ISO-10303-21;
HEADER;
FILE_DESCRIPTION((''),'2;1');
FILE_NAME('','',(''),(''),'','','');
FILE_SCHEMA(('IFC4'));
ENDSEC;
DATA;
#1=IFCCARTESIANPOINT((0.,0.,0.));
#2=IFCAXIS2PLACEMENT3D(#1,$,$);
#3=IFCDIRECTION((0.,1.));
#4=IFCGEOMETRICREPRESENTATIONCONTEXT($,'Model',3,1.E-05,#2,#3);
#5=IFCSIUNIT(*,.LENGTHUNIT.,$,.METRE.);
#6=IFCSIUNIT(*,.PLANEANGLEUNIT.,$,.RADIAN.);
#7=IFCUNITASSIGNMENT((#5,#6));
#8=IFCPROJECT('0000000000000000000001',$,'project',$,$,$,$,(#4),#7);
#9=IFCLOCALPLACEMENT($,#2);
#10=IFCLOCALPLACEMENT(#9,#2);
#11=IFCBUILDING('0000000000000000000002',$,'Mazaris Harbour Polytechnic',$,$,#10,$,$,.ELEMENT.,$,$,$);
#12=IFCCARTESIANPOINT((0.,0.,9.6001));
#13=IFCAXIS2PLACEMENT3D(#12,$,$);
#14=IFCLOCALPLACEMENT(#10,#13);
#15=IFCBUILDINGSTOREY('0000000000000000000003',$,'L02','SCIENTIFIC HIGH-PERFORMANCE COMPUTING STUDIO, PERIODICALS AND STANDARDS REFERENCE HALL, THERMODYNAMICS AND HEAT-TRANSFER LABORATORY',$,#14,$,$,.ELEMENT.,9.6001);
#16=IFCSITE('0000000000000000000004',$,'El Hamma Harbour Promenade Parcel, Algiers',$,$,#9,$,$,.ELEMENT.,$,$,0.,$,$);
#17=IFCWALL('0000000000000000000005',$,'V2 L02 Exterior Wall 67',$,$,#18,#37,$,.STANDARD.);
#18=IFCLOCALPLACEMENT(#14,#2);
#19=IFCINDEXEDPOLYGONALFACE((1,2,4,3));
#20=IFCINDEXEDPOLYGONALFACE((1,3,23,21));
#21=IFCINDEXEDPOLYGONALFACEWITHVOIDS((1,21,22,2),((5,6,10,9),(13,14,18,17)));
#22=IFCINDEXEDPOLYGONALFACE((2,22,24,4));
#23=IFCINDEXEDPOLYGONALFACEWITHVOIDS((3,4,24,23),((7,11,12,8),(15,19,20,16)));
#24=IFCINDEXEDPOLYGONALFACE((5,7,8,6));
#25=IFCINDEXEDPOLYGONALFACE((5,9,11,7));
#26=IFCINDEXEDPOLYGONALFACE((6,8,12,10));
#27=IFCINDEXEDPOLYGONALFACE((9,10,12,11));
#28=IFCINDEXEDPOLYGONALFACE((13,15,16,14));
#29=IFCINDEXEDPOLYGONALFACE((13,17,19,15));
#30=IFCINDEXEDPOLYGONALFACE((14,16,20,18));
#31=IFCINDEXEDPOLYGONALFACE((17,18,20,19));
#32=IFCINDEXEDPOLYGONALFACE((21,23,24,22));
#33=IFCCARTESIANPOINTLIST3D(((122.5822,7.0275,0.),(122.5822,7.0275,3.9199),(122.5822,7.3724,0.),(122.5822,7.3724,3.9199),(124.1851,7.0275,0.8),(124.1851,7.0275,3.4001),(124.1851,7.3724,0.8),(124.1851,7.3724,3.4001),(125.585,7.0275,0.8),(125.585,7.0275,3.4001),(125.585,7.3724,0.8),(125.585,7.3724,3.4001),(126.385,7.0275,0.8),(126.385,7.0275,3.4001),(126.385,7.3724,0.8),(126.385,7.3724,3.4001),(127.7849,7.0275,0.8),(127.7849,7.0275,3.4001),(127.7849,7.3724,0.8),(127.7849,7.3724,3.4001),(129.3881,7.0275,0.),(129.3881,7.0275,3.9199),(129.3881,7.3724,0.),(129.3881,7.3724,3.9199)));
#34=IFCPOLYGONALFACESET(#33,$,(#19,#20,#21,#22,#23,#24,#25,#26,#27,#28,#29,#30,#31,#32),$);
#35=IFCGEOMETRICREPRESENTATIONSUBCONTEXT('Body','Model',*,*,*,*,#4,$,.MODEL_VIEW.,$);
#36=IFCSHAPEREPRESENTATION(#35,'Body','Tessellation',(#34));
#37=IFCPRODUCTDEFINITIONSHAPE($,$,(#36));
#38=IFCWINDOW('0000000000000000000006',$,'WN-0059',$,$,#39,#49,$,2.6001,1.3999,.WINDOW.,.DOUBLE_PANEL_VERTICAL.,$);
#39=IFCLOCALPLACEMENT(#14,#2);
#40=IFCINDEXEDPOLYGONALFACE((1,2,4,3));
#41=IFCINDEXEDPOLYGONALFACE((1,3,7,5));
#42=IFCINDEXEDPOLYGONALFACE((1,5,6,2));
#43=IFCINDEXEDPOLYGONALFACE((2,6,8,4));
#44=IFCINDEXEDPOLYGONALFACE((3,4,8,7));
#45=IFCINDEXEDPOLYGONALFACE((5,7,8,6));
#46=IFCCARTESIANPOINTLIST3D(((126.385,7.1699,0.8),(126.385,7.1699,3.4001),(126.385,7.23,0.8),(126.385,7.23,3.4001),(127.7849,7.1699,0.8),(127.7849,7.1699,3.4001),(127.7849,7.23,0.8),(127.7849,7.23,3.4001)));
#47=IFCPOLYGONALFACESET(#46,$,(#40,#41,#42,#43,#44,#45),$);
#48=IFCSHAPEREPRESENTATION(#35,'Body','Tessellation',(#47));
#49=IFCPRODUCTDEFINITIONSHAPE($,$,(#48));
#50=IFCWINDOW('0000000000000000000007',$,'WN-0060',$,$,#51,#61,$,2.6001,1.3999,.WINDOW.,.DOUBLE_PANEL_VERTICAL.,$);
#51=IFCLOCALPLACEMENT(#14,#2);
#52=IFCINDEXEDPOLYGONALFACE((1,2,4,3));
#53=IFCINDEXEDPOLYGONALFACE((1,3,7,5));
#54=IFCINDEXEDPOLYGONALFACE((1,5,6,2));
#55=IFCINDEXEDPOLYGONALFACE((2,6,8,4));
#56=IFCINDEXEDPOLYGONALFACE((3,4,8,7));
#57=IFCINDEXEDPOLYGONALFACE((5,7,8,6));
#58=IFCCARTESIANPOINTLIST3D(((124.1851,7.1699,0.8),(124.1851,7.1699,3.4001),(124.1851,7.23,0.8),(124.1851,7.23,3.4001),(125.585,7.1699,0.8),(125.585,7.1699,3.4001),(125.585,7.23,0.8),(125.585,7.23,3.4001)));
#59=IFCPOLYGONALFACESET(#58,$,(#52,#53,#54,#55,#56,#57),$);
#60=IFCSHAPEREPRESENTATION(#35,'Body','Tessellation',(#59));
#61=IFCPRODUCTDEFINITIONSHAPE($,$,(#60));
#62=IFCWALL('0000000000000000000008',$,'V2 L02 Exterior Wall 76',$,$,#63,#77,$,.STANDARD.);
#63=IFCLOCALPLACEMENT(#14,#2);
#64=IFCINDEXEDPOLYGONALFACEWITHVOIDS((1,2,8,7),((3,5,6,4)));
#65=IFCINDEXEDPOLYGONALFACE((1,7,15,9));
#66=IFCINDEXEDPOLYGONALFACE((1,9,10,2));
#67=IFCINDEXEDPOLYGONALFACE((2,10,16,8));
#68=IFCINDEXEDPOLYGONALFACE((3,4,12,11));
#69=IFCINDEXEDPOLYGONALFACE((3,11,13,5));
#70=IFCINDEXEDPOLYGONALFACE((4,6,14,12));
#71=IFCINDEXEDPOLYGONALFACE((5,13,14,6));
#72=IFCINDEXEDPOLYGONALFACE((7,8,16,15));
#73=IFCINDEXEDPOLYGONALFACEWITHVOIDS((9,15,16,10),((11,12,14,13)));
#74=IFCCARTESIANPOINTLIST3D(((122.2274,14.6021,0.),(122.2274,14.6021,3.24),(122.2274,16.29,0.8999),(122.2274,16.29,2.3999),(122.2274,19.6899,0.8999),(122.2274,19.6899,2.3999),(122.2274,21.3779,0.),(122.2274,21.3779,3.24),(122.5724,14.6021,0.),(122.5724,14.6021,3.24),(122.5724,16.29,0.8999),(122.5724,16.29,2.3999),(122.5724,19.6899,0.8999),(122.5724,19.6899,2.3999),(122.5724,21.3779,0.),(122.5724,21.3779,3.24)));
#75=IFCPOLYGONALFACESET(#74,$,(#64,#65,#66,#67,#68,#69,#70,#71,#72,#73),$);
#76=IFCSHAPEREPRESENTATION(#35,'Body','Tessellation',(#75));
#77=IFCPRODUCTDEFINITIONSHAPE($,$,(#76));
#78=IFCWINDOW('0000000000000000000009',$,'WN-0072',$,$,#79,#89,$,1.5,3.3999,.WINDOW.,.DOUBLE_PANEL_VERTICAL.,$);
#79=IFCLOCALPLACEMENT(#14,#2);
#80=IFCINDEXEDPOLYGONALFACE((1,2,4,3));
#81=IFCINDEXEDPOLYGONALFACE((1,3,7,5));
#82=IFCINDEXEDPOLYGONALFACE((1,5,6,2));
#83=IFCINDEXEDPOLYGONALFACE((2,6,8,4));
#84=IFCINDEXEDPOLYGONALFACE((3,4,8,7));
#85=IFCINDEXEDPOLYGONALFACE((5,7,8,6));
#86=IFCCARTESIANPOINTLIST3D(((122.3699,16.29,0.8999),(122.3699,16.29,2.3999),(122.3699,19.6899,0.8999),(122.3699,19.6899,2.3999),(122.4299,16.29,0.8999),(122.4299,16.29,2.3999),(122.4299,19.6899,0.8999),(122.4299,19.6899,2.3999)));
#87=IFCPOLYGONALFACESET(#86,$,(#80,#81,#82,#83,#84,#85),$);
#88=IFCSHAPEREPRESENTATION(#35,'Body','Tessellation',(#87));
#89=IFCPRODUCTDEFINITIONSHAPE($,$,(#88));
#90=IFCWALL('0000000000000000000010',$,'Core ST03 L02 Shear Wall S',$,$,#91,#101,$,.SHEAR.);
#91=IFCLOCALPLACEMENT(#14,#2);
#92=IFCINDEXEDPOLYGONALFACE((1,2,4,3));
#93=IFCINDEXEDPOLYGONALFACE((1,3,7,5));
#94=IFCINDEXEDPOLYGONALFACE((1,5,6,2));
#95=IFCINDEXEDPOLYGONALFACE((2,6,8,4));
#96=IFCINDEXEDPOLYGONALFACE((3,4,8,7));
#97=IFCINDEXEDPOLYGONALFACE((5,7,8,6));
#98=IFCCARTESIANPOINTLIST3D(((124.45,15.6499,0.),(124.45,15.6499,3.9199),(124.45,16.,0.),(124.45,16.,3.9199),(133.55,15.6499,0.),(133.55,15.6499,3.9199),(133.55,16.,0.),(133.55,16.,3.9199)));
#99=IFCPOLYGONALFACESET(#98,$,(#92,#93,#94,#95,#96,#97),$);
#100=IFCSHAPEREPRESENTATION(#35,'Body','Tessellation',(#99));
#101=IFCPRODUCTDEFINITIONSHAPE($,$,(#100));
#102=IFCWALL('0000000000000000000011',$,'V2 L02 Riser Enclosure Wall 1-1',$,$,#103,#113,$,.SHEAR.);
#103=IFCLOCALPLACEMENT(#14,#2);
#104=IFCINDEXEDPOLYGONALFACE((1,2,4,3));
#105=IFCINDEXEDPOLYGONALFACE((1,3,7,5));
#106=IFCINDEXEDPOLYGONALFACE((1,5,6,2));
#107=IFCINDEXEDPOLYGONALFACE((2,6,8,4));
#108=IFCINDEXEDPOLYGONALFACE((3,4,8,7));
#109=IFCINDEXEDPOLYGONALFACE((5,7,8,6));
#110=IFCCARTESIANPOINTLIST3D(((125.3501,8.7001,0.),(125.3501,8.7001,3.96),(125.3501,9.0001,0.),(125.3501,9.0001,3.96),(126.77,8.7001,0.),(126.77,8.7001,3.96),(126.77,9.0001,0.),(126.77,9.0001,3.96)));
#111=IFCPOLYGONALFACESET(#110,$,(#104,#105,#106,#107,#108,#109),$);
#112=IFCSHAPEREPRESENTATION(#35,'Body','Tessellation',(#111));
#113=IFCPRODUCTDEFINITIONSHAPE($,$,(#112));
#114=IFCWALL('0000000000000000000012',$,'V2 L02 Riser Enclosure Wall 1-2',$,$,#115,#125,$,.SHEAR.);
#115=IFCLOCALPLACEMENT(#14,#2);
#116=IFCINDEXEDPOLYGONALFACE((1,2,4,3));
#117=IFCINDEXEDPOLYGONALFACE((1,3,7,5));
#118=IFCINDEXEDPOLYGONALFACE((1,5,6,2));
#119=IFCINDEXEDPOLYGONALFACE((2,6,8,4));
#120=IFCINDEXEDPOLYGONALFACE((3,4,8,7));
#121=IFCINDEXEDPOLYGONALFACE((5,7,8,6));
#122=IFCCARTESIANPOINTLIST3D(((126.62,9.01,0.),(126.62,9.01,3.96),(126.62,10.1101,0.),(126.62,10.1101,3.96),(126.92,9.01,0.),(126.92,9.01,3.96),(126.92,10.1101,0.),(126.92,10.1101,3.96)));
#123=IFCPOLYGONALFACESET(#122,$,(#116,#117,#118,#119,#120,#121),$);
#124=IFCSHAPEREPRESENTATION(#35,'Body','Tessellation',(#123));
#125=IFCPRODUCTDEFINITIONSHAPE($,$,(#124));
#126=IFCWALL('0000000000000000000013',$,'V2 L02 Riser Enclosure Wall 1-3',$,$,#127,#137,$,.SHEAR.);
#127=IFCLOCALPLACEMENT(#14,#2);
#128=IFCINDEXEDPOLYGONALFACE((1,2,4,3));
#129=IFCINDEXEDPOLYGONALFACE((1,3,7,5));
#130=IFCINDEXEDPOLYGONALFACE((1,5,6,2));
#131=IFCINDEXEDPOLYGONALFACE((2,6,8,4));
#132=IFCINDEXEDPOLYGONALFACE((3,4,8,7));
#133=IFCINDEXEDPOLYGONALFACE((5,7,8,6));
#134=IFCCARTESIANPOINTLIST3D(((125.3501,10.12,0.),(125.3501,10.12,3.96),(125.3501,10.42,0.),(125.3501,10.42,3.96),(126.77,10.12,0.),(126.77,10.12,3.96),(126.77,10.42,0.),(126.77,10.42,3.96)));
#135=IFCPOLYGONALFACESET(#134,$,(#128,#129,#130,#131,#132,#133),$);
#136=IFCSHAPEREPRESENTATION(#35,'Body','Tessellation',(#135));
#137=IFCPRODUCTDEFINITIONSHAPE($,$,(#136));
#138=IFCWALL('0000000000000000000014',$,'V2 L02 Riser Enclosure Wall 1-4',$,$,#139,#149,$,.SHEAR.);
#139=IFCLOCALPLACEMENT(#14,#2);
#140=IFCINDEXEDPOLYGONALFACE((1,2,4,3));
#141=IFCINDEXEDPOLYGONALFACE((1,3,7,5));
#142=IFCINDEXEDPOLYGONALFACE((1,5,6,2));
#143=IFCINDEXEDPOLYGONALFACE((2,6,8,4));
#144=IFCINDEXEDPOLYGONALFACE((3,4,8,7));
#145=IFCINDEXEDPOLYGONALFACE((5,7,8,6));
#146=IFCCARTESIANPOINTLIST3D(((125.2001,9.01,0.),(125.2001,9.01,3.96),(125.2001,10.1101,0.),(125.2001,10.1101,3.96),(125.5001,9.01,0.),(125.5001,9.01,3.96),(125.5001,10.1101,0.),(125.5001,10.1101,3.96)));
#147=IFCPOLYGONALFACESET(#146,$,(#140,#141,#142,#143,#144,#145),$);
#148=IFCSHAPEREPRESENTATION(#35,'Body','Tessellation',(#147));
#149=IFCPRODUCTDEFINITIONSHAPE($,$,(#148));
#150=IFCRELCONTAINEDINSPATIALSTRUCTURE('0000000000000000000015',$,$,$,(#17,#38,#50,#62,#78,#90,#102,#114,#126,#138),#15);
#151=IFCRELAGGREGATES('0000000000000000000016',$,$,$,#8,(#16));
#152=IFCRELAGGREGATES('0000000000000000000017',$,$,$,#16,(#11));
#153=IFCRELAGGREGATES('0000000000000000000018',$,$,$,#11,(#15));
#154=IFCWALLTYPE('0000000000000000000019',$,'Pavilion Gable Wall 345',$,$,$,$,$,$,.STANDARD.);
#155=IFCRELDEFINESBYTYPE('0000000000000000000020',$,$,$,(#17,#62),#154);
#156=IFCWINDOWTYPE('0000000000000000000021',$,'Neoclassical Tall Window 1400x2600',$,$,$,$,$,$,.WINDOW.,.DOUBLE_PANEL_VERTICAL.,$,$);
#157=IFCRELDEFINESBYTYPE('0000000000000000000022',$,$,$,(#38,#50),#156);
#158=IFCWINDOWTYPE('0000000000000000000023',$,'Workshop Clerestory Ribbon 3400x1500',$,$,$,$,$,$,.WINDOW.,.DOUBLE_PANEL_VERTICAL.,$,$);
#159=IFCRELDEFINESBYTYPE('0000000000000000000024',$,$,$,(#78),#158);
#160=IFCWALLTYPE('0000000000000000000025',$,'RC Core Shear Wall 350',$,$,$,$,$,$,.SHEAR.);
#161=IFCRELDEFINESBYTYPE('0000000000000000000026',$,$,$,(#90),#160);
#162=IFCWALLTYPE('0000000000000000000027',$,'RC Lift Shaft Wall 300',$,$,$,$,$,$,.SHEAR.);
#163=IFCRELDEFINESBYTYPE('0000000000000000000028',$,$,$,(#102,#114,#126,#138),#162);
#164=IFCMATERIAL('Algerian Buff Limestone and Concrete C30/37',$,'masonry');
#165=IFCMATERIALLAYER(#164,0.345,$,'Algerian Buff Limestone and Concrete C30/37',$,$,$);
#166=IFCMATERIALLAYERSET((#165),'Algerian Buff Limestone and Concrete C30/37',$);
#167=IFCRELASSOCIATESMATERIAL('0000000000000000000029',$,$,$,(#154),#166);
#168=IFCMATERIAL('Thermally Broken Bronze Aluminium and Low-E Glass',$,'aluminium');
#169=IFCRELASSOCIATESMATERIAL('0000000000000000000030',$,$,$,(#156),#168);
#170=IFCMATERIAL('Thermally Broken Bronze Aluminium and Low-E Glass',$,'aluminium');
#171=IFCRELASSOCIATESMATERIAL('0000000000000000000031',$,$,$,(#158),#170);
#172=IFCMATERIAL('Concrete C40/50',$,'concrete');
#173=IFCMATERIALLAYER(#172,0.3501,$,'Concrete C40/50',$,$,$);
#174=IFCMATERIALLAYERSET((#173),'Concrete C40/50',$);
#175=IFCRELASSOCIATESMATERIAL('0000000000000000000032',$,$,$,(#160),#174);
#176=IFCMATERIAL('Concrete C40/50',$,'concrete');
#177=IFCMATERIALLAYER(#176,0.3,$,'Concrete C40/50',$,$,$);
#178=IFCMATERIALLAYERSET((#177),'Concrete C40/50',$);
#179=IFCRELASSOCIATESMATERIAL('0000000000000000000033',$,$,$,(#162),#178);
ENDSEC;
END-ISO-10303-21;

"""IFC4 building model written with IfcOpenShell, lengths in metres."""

from ifc_helpers import new_model, si_unit, direction, frame, frame_2d, origin, place, context, subcontext, project, spatial, rectangle, extrude, material, layer, layer_set, type_object, element, fill, save


model = new_model("IFC4")

# Units and contexts
model_context = context("Model", 3, precision=1e-05, world=origin(), true_north=direction((0.0, 1.0)))
body_context = subcontext(model_context, "Body", "Model", "MODEL_VIEW")
ifc_project = project(units=[si_unit("LENGTHUNIT", "METRE"), si_unit("PLANEANGLEUNIT", "RADIAN")], contexts=[model_context])

# Site, building, storey
site_placement = place(None, origin())
site = spatial("IfcSite", under=ifc_project, at=site_placement, Name="El Hamma Harbour Promenade Parcel, Algiers", CompositionType="ELEMENT", RefElevation=0.0)
building_placement = place(site_placement, origin())
building = spatial("IfcBuilding", under=site, at=building_placement, Name="Mazaris Harbour Polytechnic", CompositionType="ELEMENT")
storey_placement = place(building_placement, frame((0.0, 0.0, 9.6001)))
storey = spatial("IfcBuildingStorey", under=building, at=storey_placement, Name="L02", Description="SCIENTIFIC HIGH-PERFORMANCE COMPUTING STUDIO, PERIODICALS AND STANDARDS REFERENCE HALL, THERMODYNAMICS AND HEAT-TRANSFER LABORATORY", CompositionType="ELEMENT", Elevation=9.6001)

# Wall, openings, windows
ifc_material_1 = material(Name="Algerian Buff Limestone and Concrete C30/37", Category="masonry")
ifc_layer_1 = layer(ifc_material_1, 0.345, Name="Algerian Buff Limestone and Concrete C30/37")
ifc_layer_set_1 = layer_set([ifc_layer_1], Name="Algerian Buff Limestone and Concrete C30/37")
wall_type_1 = type_object("IfcWallType", Name="Pavilion Gable Wall 345", PredefinedType="STANDARD", material=ifc_layer_set_1)
wall_1_placement = place(storey_placement, frame((129.3879, 7.2, 0.0), z_axis=(0.0, 0.0, 1.0), x_axis=(-1.0, 0.0, 0.0)))
wall_1 = element("IfcWall", 1, at=wall_1_placement, inside=storey, type_object=wall_type_1, Name="V2 L02 Exterior Wall 67", PredefinedType="STANDARD", context=body_context, shape_type="SweptSolid", body=[
    extrude(rectangle(XDim=6.8059, YDim=0.345, at=frame_2d((3.4028, 0.0))), origin(), (0.0, 0.0, 1.0), 3.9199),
])
opening_1_placement = place(wall_1_placement, frame((1.603, 0.0, 0.8)))
opening_1 = element("IfcOpeningElement", 2, at=opening_1_placement, cuts=wall_1, PredefinedType="OPENING", context=body_context, shape_type="SweptSolid", body=[
    extrude(rectangle(XDim=1.3999, YDim=2.6001, at=frame_2d((0.7, 1.3))), frame((0.0, 0.1824, 0.0), z_axis=(0.0, -1.0, 0.0), x_axis=(1.0, 0.0, 0.0)), (0.0, 0.0, 1.0), 0.365),
])
opening_2_placement = place(wall_1_placement, frame((3.803, 0.0, 0.8)))
opening_2 = element("IfcOpeningElement", 3, at=opening_2_placement, cuts=wall_1, PredefinedType="OPENING", context=body_context, shape_type="SweptSolid", body=[
    extrude(rectangle(XDim=1.3999, YDim=2.6001, at=frame_2d((0.7, 1.3))), frame((0.0, 0.1824, 0.0), z_axis=(0.0, -1.0, 0.0), x_axis=(1.0, 0.0, 0.0)), (0.0, 0.0, 1.0), 0.365),
])
ifc_material_2 = material(Name="Thermally Broken Bronze Aluminium and Low-E Glass", Category="aluminium")
window_type_1 = type_object("IfcWindowType", Name="Neoclassical Tall Window 1400x2600", PartitioningType="DOUBLE_PANEL_VERTICAL", PredefinedType="WINDOW", material=ifc_material_2)
window_1_placement = place(opening_1_placement, origin())
window_1 = element("IfcWindow", 4, at=window_1_placement, inside=storey, type_object=window_type_1, Name="WN-0059", OverallHeight=2.6001, OverallWidth=1.3999, PartitioningType="DOUBLE_PANEL_VERTICAL", PredefinedType="WINDOW", context=body_context, shape_type="SweptSolid", body=[
    extrude(rectangle(XDim=1.3999, YDim=2.6001, at=frame_2d((0.7, 1.3))), frame((0.0, 0.03, 0.0), z_axis=(0.0, -1.0, 0.0), x_axis=(1.0, 0.0, 0.0)), (0.0, 0.0, 1.0), 0.0601),
])
fill(opening_1, window_1)
window_2_placement = place(opening_2_placement, origin())
window_2 = element("IfcWindow", 5, at=window_2_placement, inside=storey, type_object=window_type_1, Name="WN-0060", OverallHeight=2.6001, OverallWidth=1.3999, PartitioningType="DOUBLE_PANEL_VERTICAL", PredefinedType="WINDOW", context=body_context, shape_type="SweptSolid", body=[
    extrude(rectangle(XDim=1.3999, YDim=2.6001, at=frame_2d((0.7, 1.3))), frame((0.0, 0.03, 0.0), z_axis=(0.0, -1.0, 0.0), x_axis=(1.0, 0.0, 0.0)), (0.0, 0.0, 1.0), 0.0601),
])
fill(opening_2, window_2)

# Wall, opening, window
wall_2_placement = place(storey_placement, frame((122.3999, 14.6021, 0.0), z_axis=(0.0, 0.0, 1.0), x_axis=(0.0, 1.0, 0.0)))
wall_2 = element("IfcWall", 6, at=wall_2_placement, inside=storey, type_object=wall_type_1, Name="V2 L02 Exterior Wall 76", PredefinedType="STANDARD", context=body_context, shape_type="SweptSolid", body=[
    extrude(rectangle(XDim=6.7759, YDim=0.345, at=frame_2d((3.3879, 0.0))), origin(), (0.0, 0.0, 1.0), 3.24),
])
opening_3_placement = place(wall_2_placement, frame((1.688, 0.0, 0.8999)))
opening_3 = element("IfcOpeningElement", 7, at=opening_3_placement, cuts=wall_2, PredefinedType="OPENING", context=body_context, shape_type="SweptSolid", body=[
    extrude(rectangle(XDim=3.3999, YDim=1.5, at=frame_2d((1.7, 0.75))), frame((0.0, 0.1824, 0.0), z_axis=(0.0, -1.0, 0.0), x_axis=(1.0, 0.0, 0.0)), (0.0, 0.0, 1.0), 0.365),
])
ifc_material_3 = material(Name="Thermally Broken Bronze Aluminium and Low-E Glass", Category="aluminium")
window_type_2 = type_object("IfcWindowType", Name="Workshop Clerestory Ribbon 3400x1500", PartitioningType="DOUBLE_PANEL_VERTICAL", PredefinedType="WINDOW", material=ifc_material_3)
window_3_placement = place(opening_3_placement, origin())
window_3 = element("IfcWindow", 8, at=window_3_placement, inside=storey, type_object=window_type_2, Name="WN-0072", OverallHeight=1.5, OverallWidth=3.3999, PartitioningType="DOUBLE_PANEL_VERTICAL", PredefinedType="WINDOW", context=body_context, shape_type="SweptSolid", body=[
    extrude(rectangle(XDim=3.3999, YDim=1.5, at=frame_2d((1.7, 0.75))), frame((0.0, 0.03, 0.0), z_axis=(0.0, -1.0, 0.0), x_axis=(1.0, 0.0, 0.0)), (0.0, 0.0, 1.0), 0.0601),
])
fill(opening_3, window_3)

# Walls
ifc_material_4 = material(Name="Concrete C40/50", Category="concrete")
ifc_layer_2 = layer(ifc_material_4, 0.3501, Name="Concrete C40/50")
ifc_layer_set_2 = layer_set([ifc_layer_2], Name="Concrete C40/50")
wall_type_2 = type_object("IfcWallType", Name="RC Core Shear Wall 350", PredefinedType="SHEAR", material=ifc_layer_set_2)
wall_3_placement = place(storey_placement, frame((124.45, 15.825, 0.0), z_axis=(0.0, 0.0, 1.0), x_axis=(1.0, 0.0, 0.0)))
element("IfcWall", 9, at=wall_3_placement, inside=storey, type_object=wall_type_2, Name="Core ST03 L02 Shear Wall S", PredefinedType="SHEAR", context=body_context, shape_type="SweptSolid", body=[
    extrude(rectangle(XDim=9.1001, YDim=0.3501, at=frame_2d((4.55, 0.0))), origin(), (0.0, 0.0, 1.0), 3.9199),
])
ifc_material_5 = material(Name="Concrete C40/50", Category="concrete")
ifc_layer_3 = layer(ifc_material_5, 0.3, Name="Concrete C40/50")
ifc_layer_set_3 = layer_set([ifc_layer_3], Name="Concrete C40/50")
wall_type_3 = type_object("IfcWallType", Name="RC Lift Shaft Wall 300", PredefinedType="SHEAR", material=ifc_layer_set_3)
wall_4_placement = place(storey_placement, frame((125.3501, 8.8501, 0.0), z_axis=(0.0, 0.0, 1.0), x_axis=(1.0, 0.0, 0.0)))
element("IfcWall", 10, at=wall_4_placement, inside=storey, type_object=wall_type_3, Name="V2 L02 Riser Enclosure Wall 1-1", PredefinedType="SHEAR", context=body_context, shape_type="SweptSolid", body=[
    extrude(rectangle(XDim=1.4199, YDim=0.3, at=frame_2d((0.71, 0.0))), origin(), (0.0, 0.0, 1.0), 3.96),
])
wall_5_placement = place(storey_placement, frame((126.77, 9.01, 0.0), z_axis=(0.0, 0.0, 1.0), x_axis=(0.0, 1.0, 0.0)))
element("IfcWall", 11, at=wall_5_placement, inside=storey, type_object=wall_type_3, Name="V2 L02 Riser Enclosure Wall 1-2", PredefinedType="SHEAR", context=body_context, shape_type="SweptSolid", body=[
    extrude(rectangle(XDim=1.1001, YDim=0.3, at=frame_2d((0.55, 0.0))), origin(), (0.0, 0.0, 1.0), 3.96),
])
wall_6_placement = place(storey_placement, frame((126.77, 10.27, 0.0), z_axis=(0.0, 0.0, 1.0), x_axis=(-1.0, 0.0, 0.0)))
element("IfcWall", 12, at=wall_6_placement, inside=storey, type_object=wall_type_3, Name="V2 L02 Riser Enclosure Wall 1-3", PredefinedType="SHEAR", context=body_context, shape_type="SweptSolid", body=[
    extrude(rectangle(XDim=1.4199, YDim=0.3, at=frame_2d((0.71, 0.0))), origin(), (0.0, 0.0, 1.0), 3.96),
])
wall_7_placement = place(storey_placement, frame((125.3501, 10.1101, 0.0), z_axis=(0.0, 0.0, 1.0), x_axis=(0.0, -1.0, 0.0)))
element("IfcWall", 13, at=wall_7_placement, inside=storey, type_object=wall_type_3, Name="V2 L02 Riser Enclosure Wall 1-4", PredefinedType="SHEAR", context=body_context, shape_type="SweptSolid", body=[
    extrude(rectangle(XDim=1.1001, YDim=0.3, at=frame_2d((0.55, 0.0))), origin(), (0.0, 0.0, 1.0), 3.96),
])

save(model, "model.ifc")
